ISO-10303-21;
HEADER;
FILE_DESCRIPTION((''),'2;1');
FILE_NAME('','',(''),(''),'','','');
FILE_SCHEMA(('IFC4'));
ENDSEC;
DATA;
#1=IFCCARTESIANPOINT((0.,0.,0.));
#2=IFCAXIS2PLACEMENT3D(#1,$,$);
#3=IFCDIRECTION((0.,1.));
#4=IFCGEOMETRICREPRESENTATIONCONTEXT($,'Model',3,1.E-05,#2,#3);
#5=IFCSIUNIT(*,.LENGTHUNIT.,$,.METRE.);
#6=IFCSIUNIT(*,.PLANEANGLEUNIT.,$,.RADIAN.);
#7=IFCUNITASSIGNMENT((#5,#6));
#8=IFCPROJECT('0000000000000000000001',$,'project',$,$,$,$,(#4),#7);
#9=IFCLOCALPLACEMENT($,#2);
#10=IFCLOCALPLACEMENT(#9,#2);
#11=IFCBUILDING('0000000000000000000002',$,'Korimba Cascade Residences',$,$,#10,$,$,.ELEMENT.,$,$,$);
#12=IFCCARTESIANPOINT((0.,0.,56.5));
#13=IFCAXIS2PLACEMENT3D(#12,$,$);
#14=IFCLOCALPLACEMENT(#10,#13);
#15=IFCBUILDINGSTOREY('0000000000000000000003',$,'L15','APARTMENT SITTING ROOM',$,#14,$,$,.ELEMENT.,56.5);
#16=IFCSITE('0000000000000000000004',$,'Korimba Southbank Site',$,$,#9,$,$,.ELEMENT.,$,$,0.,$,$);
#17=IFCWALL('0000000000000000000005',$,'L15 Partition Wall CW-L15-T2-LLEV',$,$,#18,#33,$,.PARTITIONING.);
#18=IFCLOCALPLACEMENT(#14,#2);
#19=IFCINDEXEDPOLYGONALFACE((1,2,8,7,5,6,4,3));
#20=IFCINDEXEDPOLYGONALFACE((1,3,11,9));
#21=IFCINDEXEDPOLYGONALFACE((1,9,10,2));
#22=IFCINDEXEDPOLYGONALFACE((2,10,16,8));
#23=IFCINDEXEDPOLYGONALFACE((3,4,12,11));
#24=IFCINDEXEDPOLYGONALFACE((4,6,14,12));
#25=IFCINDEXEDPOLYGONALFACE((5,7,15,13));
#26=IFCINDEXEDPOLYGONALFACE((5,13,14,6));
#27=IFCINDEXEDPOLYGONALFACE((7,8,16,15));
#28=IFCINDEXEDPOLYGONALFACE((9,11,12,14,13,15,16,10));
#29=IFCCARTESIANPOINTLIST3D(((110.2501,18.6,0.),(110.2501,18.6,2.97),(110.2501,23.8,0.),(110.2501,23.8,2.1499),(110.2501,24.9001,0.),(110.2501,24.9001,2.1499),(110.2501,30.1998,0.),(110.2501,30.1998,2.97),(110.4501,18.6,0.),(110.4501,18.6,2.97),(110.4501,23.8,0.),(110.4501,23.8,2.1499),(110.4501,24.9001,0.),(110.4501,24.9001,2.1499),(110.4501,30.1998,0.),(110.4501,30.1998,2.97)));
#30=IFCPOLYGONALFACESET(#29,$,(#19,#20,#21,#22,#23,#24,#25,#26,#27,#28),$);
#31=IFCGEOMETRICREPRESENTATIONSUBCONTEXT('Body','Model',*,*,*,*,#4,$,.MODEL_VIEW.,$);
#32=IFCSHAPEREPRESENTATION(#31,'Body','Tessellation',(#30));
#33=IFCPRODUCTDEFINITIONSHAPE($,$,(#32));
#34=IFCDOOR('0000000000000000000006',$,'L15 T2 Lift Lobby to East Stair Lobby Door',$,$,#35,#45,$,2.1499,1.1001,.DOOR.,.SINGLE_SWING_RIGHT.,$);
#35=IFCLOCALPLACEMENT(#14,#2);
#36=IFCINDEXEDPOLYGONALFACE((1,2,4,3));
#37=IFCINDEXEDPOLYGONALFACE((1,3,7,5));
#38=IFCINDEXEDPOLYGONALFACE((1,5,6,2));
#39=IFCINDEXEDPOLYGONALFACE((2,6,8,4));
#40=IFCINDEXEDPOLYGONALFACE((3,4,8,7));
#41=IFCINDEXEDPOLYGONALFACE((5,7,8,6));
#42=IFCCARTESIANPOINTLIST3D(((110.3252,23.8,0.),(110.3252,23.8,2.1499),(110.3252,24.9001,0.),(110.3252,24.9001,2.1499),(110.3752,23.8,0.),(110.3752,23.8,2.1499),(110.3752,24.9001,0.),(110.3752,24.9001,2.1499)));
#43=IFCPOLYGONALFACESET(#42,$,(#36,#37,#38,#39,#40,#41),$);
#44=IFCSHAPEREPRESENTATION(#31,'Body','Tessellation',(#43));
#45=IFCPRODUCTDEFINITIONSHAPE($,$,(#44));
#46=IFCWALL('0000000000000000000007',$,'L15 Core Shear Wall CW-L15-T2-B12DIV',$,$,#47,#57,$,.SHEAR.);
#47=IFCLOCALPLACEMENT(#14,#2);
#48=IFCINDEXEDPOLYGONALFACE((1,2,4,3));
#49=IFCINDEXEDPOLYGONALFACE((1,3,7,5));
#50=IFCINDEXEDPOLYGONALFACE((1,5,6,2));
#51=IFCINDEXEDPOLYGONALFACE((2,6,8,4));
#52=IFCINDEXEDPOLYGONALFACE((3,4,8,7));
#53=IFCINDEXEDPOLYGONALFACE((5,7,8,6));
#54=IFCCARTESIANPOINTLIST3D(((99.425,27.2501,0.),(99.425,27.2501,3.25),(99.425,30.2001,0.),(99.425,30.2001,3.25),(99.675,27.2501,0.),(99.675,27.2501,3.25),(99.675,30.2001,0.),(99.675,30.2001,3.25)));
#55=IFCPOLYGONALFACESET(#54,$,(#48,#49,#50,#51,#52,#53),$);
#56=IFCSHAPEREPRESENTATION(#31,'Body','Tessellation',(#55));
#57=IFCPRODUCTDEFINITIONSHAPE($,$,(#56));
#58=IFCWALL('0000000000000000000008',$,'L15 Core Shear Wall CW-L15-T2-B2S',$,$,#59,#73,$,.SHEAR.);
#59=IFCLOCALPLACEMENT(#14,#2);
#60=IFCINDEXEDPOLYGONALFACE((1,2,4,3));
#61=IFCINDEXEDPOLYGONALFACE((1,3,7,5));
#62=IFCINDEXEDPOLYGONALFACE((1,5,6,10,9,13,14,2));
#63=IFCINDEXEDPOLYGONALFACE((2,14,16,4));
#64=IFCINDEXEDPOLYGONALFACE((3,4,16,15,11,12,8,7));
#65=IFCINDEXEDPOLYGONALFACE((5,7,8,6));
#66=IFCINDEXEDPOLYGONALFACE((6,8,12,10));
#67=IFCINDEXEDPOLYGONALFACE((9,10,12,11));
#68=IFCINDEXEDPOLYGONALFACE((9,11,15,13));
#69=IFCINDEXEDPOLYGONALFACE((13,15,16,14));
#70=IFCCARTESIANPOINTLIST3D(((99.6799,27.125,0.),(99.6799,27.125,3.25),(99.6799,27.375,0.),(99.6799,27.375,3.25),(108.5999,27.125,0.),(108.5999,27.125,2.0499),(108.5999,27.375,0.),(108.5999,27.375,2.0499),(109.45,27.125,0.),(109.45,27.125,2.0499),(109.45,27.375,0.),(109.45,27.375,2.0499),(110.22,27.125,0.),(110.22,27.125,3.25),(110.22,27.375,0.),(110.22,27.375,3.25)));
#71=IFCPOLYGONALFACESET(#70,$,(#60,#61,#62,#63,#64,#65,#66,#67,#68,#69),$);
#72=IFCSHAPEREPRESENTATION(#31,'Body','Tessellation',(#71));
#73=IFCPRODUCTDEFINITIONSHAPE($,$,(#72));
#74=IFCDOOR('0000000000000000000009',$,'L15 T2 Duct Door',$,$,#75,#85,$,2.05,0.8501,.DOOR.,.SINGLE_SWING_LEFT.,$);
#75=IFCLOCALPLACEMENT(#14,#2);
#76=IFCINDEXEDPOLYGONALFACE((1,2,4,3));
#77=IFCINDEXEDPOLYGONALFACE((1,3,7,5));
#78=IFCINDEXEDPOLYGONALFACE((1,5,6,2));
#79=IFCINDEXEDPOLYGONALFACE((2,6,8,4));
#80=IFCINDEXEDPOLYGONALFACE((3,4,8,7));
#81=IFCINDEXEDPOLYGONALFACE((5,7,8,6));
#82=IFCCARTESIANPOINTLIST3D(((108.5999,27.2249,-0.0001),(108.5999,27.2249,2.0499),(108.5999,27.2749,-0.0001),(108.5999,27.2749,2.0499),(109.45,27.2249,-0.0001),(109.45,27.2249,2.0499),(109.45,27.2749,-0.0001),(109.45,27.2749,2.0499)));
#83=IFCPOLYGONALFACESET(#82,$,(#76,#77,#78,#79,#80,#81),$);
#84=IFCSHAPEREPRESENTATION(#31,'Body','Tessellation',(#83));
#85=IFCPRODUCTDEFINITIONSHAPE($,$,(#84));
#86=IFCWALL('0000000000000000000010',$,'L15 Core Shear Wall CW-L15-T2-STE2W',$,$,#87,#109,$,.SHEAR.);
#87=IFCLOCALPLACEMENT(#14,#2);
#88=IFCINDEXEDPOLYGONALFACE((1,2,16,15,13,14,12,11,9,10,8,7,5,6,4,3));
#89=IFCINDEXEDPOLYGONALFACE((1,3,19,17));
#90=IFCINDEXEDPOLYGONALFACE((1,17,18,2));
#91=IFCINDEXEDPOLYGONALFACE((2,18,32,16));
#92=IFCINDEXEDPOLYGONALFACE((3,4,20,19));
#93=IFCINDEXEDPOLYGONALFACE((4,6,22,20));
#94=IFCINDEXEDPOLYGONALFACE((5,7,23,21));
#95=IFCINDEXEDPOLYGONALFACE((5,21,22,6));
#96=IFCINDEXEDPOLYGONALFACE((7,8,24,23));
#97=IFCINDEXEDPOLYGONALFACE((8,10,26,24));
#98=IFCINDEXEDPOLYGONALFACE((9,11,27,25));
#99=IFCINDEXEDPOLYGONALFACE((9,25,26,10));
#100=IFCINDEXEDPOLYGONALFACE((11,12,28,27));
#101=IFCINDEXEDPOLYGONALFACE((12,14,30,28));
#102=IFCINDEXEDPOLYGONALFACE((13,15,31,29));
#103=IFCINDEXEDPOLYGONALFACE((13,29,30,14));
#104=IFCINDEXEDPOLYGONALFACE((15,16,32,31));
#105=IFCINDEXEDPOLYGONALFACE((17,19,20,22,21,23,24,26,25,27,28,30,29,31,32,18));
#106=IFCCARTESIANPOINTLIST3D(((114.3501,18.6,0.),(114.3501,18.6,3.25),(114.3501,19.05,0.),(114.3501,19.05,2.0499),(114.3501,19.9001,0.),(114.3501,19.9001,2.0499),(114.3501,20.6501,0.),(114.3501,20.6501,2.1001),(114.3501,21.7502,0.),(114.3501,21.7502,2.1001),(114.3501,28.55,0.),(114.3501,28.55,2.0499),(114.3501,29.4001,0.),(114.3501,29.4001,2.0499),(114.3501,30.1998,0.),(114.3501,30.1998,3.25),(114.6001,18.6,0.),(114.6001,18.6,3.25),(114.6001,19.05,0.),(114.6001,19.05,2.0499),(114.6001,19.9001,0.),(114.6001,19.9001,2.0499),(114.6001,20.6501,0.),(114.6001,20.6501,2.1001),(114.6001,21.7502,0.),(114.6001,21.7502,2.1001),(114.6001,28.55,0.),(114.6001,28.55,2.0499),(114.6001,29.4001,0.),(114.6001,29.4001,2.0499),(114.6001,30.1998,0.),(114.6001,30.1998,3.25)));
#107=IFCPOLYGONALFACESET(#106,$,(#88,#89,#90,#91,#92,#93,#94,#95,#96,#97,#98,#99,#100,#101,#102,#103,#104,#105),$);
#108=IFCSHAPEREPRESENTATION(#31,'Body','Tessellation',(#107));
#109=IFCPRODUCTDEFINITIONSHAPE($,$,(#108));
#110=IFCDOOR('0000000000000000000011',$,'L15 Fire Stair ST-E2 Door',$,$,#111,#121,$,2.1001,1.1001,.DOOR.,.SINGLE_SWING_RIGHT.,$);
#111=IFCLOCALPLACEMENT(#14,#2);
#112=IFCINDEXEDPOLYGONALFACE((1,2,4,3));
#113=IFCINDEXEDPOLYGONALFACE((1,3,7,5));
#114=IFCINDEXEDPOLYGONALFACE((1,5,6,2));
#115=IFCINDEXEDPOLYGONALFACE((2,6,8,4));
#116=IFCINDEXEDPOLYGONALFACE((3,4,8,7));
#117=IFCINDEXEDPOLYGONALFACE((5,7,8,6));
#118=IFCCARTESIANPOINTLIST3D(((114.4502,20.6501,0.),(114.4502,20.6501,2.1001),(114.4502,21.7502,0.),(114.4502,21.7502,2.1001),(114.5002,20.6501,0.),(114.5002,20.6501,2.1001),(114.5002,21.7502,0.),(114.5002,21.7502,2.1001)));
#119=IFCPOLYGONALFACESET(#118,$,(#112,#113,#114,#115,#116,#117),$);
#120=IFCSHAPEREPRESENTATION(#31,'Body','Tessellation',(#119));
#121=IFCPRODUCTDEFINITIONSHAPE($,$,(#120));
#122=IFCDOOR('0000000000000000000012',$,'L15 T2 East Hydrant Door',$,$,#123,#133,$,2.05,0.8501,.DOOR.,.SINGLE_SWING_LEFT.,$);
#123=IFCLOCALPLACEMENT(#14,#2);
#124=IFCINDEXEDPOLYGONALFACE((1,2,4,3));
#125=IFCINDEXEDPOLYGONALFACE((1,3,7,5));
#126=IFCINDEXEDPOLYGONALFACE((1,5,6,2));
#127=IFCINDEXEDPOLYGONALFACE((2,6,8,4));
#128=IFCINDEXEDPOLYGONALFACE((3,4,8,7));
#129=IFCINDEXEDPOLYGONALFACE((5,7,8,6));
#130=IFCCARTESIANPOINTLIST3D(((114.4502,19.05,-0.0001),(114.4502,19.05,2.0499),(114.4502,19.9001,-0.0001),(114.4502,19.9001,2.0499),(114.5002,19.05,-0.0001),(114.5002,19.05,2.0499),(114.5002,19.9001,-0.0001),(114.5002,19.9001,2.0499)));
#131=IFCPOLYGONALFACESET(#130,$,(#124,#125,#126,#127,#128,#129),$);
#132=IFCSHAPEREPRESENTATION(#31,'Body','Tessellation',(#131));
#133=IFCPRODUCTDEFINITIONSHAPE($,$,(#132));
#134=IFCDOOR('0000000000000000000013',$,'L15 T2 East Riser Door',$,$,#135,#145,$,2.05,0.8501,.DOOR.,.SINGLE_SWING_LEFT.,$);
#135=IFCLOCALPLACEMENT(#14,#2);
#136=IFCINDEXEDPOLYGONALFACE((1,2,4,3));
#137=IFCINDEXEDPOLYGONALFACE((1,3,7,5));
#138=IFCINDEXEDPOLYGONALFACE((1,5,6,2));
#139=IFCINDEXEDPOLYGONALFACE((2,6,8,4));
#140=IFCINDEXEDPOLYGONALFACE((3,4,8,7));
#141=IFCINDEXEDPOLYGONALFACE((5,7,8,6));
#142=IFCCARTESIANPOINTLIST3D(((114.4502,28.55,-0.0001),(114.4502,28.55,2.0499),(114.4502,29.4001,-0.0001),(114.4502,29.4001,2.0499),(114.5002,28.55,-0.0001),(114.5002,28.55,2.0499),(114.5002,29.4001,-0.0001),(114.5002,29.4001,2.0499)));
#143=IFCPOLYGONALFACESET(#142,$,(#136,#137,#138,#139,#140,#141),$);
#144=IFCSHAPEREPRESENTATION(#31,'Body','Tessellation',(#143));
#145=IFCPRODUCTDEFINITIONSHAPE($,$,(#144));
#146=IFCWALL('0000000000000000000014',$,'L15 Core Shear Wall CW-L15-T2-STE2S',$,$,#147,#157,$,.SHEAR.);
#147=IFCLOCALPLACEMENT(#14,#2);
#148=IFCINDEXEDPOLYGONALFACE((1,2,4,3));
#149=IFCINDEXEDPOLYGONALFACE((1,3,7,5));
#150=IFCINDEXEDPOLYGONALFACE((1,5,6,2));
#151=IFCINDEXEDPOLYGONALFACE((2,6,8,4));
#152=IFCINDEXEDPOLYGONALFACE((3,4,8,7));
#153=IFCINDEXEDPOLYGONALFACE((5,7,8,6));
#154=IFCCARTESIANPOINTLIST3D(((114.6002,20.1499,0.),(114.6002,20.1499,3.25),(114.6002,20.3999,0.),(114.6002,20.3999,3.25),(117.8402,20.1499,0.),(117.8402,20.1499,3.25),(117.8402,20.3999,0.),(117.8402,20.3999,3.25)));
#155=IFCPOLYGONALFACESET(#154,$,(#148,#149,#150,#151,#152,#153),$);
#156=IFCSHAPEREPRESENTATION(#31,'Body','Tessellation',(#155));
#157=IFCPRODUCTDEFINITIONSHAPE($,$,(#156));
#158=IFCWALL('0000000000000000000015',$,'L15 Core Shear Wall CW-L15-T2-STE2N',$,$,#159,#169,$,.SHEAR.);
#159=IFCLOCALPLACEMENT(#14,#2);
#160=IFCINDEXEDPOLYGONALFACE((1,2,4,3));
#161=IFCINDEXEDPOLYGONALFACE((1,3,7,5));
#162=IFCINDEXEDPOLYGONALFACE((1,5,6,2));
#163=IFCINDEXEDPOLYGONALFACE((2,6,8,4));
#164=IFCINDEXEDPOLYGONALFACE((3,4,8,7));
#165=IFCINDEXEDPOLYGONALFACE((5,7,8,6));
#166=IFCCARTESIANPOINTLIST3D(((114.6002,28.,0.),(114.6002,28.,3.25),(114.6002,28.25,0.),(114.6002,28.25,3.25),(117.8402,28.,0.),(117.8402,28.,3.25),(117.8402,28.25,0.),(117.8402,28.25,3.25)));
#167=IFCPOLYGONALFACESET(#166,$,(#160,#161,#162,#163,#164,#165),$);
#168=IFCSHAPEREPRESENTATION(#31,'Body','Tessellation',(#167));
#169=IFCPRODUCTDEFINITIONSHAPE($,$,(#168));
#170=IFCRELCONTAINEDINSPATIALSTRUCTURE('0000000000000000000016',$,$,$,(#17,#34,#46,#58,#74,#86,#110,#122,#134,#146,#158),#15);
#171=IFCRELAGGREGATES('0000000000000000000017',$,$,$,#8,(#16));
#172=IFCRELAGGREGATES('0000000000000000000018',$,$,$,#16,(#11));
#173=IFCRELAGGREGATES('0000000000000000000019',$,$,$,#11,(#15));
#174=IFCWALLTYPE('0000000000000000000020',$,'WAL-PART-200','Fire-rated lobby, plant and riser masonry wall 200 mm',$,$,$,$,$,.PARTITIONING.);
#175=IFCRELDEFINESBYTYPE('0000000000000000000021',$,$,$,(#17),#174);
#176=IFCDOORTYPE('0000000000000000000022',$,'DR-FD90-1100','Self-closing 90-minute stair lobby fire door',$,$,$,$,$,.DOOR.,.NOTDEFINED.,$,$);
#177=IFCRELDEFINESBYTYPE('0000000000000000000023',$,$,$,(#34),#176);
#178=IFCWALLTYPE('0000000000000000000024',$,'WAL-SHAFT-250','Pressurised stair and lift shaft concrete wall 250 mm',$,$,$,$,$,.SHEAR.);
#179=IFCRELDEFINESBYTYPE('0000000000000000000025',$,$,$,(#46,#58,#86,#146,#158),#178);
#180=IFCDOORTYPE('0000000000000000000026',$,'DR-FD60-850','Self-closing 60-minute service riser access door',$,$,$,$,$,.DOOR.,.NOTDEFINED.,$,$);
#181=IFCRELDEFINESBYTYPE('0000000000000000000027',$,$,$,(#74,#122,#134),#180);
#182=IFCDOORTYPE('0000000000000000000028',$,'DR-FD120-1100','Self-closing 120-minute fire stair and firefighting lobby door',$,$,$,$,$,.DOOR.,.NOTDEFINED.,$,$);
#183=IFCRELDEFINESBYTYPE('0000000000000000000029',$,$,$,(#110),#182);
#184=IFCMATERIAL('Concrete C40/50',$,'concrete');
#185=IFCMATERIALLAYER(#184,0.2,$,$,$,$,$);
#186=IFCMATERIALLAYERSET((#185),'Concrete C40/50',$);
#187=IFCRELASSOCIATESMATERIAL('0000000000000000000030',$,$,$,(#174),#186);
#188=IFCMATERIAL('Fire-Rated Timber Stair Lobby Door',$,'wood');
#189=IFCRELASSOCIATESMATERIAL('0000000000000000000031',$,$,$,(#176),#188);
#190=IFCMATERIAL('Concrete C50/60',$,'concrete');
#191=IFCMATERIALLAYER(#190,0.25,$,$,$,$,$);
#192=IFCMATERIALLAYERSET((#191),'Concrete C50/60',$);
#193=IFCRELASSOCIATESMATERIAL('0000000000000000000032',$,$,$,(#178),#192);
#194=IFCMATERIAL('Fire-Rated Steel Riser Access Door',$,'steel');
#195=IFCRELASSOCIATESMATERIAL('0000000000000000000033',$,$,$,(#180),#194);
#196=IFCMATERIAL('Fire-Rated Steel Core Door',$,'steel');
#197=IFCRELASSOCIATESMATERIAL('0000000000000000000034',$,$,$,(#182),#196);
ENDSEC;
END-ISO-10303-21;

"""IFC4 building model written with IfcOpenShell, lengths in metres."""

from ifc_helpers import new_model, si_unit, direction, frame, frame_2d, origin, place, context, subcontext, project, spatial, rectangle, extrude, material, layer, layer_set, type_object, element, fill, save


model = new_model("IFC4")

# Units and contexts
model_context = context("Model", 3, precision=1e-05, world=origin(), true_north=direction((0.0, 1.0)))
body_context = subcontext(model_context, "Body", "Model", "MODEL_VIEW")
ifc_project = project(units=[si_unit("LENGTHUNIT", "METRE"), si_unit("PLANEANGLEUNIT", "RADIAN")], contexts=[model_context])

# Site, building, storey
site_placement = place(None, origin())
site = spatial("IfcSite", under=ifc_project, at=site_placement, Name="Korimba Southbank Site", CompositionType="ELEMENT", RefElevation=0.0)
building_placement = place(site_placement, origin())
building = spatial("IfcBuilding", under=site, at=building_placement, Name="Korimba Cascade Residences", CompositionType="ELEMENT")
storey_placement = place(building_placement, frame((0.0, 0.0, 56.5)))
storey = spatial("IfcBuildingStorey", under=building, at=storey_placement, Name="L15", Description="APARTMENT SITTING ROOM", CompositionType="ELEMENT", Elevation=56.5)

# Shared definitions
ifc_material_1 = material(Name="Concrete C50/60", Category="concrete")

# Shared definitions
ifc_material_2 = material(Name="Concrete C40/50", Category="concrete")
ifc_layer_1 = layer(ifc_material_2, 0.2)
ifc_layer_set_1 = layer_set([ifc_layer_1], Name="Concrete C40/50")
wall_type_1 = type_object("IfcWallType", Name="WAL-PART-200", Description="Fire-rated lobby, plant and riser masonry wall 200 mm", PredefinedType="PARTITIONING", material=ifc_layer_set_1)

# Wall, opening, door
wall_1_placement = place(storey_placement, frame((110.3501, 18.6001, 0.0), z_axis=(0.0, 0.0, 1.0), x_axis=(0.0, 1.0, 0.0)))
wall_1 = element("IfcWall", 1, at=wall_1_placement, inside=storey, type_object=wall_type_1, Name="L15 Partition Wall CW-L15-T2-LLEV", PredefinedType="PARTITIONING", context=body_context, shape_type="SweptSolid", body=[
    extrude(rectangle(XDim=11.5999, YDim=0.2, at=frame_2d((5.7998, 0.0))), origin(), (0.0, 0.0, 1.0), 2.97),
])
opening_1_placement = place(wall_1_placement, frame((5.2, 0.0, 0.0)))
opening_1 = element("IfcOpeningElement", 2, at=opening_1_placement, cuts=wall_1, PredefinedType="OPENING", context=body_context, shape_type="SweptSolid", body=[
    extrude(rectangle(XDim=1.1001, YDim=2.1499, at=frame_2d((0.55, 1.075))), frame((0.0, 0.1099, 0.0), z_axis=(0.0, -1.0, 0.0), x_axis=(1.0, 0.0, 0.0)), (0.0, 0.0, 1.0), 0.22),
])
ifc_material_3 = material(Name="Fire-Rated Timber Stair Lobby Door", Category="wood")
door_type_1 = type_object("IfcDoorType", Name="DR-FD90-1100", Description="Self-closing 90-minute stair lobby fire door", OperationType="NOTDEFINED", PredefinedType="DOOR", material=ifc_material_3)
door_1_placement = place(opening_1_placement, origin())
door_1 = element("IfcDoor", 3, at=door_1_placement, inside=storey, type_object=door_type_1, Name="L15 T2 Lift Lobby to East Stair Lobby Door", OperationType="SINGLE_SWING_RIGHT", OverallHeight=2.1499, OverallWidth=1.1001, PredefinedType="DOOR", context=body_context, shape_type="SweptSolid", body=[
    extrude(rectangle(XDim=1.1001, YDim=2.1499, at=frame_2d((0.55, 1.075))), frame((0.0, 0.0249, 0.0), z_axis=(0.0, -1.0, 0.0), x_axis=(1.0, 0.0, 0.0)), (0.0, 0.0, 1.0), 0.05),
])
fill(opening_1, door_1)

# Wall
ifc_layer_2 = layer(ifc_material_1, 0.25)
ifc_layer_set_2 = layer_set([ifc_layer_2], Name="Concrete C50/60")
wall_type_2 = type_object("IfcWallType", Name="WAL-SHAFT-250", Description="Pressurised stair and lift shaft concrete wall 250 mm", PredefinedType="SHEAR", material=ifc_layer_set_2)
wall_2_placement = place(storey_placement, frame((99.55, 27.25, 0.0), z_axis=(0.0, 0.0, 1.0), x_axis=(0.0, 1.0, 0.0)))
element("IfcWall", 4, at=wall_2_placement, inside=storey, type_object=wall_type_2, Name="L15 Core Shear Wall CW-L15-T2-B12DIV", PredefinedType="SHEAR", context=body_context, shape_type="SweptSolid", body=[
    extrude(rectangle(XDim=2.95, YDim=0.25, at=frame_2d((1.4751, 0.0))), origin(), (0.0, 0.0, 1.0), 3.25),
])

# Wall, opening, door
wall_3_placement = place(storey_placement, frame((99.6799, 27.25, 0.0), z_axis=(0.0, 0.0, 1.0), x_axis=(1.0, 0.0, 0.0)))
wall_3 = element("IfcWall", 5, at=wall_3_placement, inside=storey, type_object=wall_type_2, Name="L15 Core Shear Wall CW-L15-T2-B2S", PredefinedType="SHEAR", context=body_context, shape_type="SweptSolid", body=[
    extrude(rectangle(XDim=10.54, YDim=0.25, at=frame_2d((5.27, 0.0))), origin(), (0.0, 0.0, 1.0), 3.25),
])
opening_2_placement = place(wall_3_placement, frame((8.9199, 0.0, 0.0)))
opening_2 = element("IfcOpeningElement", 6, at=opening_2_placement, cuts=wall_3, PredefinedType="OPENING", context=body_context, shape_type="SweptSolid", body=[
    extrude(rectangle(XDim=0.8501, YDim=2.05, at=frame_2d((0.425, 1.0249))), frame((0.0, 0.135, 0.0), z_axis=(0.0, -1.0, 0.0), x_axis=(1.0, 0.0, 0.0)), (0.0, 0.0, 1.0), 0.27),
])
ifc_material_4 = material(Name="Fire-Rated Steel Riser Access Door", Category="steel")
door_type_2 = type_object("IfcDoorType", Name="DR-FD60-850", Description="Self-closing 60-minute service riser access door", OperationType="NOTDEFINED", PredefinedType="DOOR", material=ifc_material_4)
door_2_placement = place(opening_2_placement, origin())
door_2 = element("IfcDoor", 7, at=door_2_placement, inside=storey, type_object=door_type_2, Name="L15 T2 Duct Door", OperationType="SINGLE_SWING_LEFT", OverallHeight=2.05, OverallWidth=0.8501, PredefinedType="DOOR", context=body_context, shape_type="SweptSolid", body=[
    extrude(rectangle(XDim=0.8501, YDim=2.05, at=frame_2d((0.425, 1.0249))), frame((0.0, 0.0249, 0.0), z_axis=(0.0, -1.0, 0.0), x_axis=(1.0, 0.0, 0.0)), (0.0, 0.0, 1.0), 0.05),
])
fill(opening_2, door_2)

# Wall, openings, doors
wall_4_placement = place(storey_placement, frame((114.4751, 18.6001, 0.0), z_axis=(0.0, 0.0, 1.0), x_axis=(0.0, 1.0, 0.0)))
wall_4 = element("IfcWall", 8, at=wall_4_placement, inside=storey, type_object=wall_type_2, Name="L15 Core Shear Wall CW-L15-T2-STE2W", PredefinedType="SHEAR", context=body_context, shape_type="SweptSolid", body=[
    extrude(rectangle(XDim=11.5999, YDim=0.25, at=frame_2d((5.7998, 0.0))), origin(), (0.0, 0.0, 1.0), 3.25),
])
opening_3_placement = place(wall_4_placement, frame((0.45, 0.0, 0.0)))
opening_3 = element("IfcOpeningElement", 9, at=opening_3_placement, cuts=wall_4, PredefinedType="OPENING", context=body_context, shape_type="SweptSolid", body=[
    extrude(rectangle(XDim=0.8501, YDim=2.05, at=frame_2d((0.425, 1.0249))), frame((0.0, 0.135, 0.0), z_axis=(0.0, -1.0, 0.0), x_axis=(1.0, 0.0, 0.0)), (0.0, 0.0, 1.0), 0.27),
])
opening_4_placement = place(wall_4_placement, frame((2.05, 0.0, 0.0)))
opening_4 = element("IfcOpeningElement", 10, at=opening_4_placement, cuts=wall_4, PredefinedType="OPENING", context=body_context, shape_type="SweptSolid", body=[
    extrude(rectangle(XDim=1.1001, YDim=2.1001, at=frame_2d((0.55, 1.05))), frame((0.0, 0.135, 0.0), z_axis=(0.0, -1.0, 0.0), x_axis=(1.0, 0.0, 0.0)), (0.0, 0.0, 1.0), 0.27),
])
opening_5_placement = place(wall_4_placement, frame((9.95, 0.0, 0.0)))
opening_5 = element("IfcOpeningElement", 11, at=opening_5_placement, cuts=wall_4, PredefinedType="OPENING", context=body_context, shape_type="SweptSolid", body=[
    extrude(rectangle(XDim=0.8501, YDim=2.05, at=frame_2d((0.425, 1.0249))), frame((0.0, 0.135, 0.0), z_axis=(0.0, -1.0, 0.0), x_axis=(1.0, 0.0, 0.0)), (0.0, 0.0, 1.0), 0.27),
])
ifc_material_5 = material(Name="Fire-Rated Steel Core Door", Category="steel")
door_type_3 = type_object("IfcDoorType", Name="DR-FD120-1100", Description="Self-closing 120-minute fire stair and firefighting lobby door", OperationType="NOTDEFINED", PredefinedType="DOOR", material=ifc_material_5)
door_3_placement = place(opening_4_placement, origin())
door_3 = element("IfcDoor", 12, at=door_3_placement, inside=storey, type_object=door_type_3, Name="L15 Fire Stair ST-E2 Door", OperationType="SINGLE_SWING_RIGHT", OverallHeight=2.1001, OverallWidth=1.1001, PredefinedType="DOOR", context=body_context, shape_type="SweptSolid", body=[
    extrude(rectangle(XDim=1.1001, YDim=2.1001, at=frame_2d((0.55, 1.05))), frame((0.0, 0.0249, 0.0), z_axis=(0.0, -1.0, 0.0), x_axis=(1.0, 0.0, 0.0)), (0.0, 0.0, 1.0), 0.05),
])
fill(opening_4, door_3)
door_4_placement = place(opening_3_placement, origin())
door_4 = element("IfcDoor", 13, at=door_4_placement, inside=storey, type_object=door_type_2, Name="L15 T2 East Hydrant Door", OperationType="SINGLE_SWING_LEFT", OverallHeight=2.05, OverallWidth=0.8501, PredefinedType="DOOR", context=body_context, shape_type="SweptSolid", body=[
    extrude(rectangle(XDim=0.8501, YDim=2.05, at=frame_2d((0.425, 1.0249))), frame((0.0, 0.0249, 0.0), z_axis=(0.0, -1.0, 0.0), x_axis=(1.0, 0.0, 0.0)), (0.0, 0.0, 1.0), 0.05),
])
fill(opening_3, door_4)
door_5_placement = place(opening_5_placement, origin())
door_5 = element("IfcDoor", 14, at=door_5_placement, inside=storey, type_object=door_type_2, Name="L15 T2 East Riser Door", OperationType="SINGLE_SWING_LEFT", OverallHeight=2.05, OverallWidth=0.8501, PredefinedType="DOOR", context=body_context, shape_type="SweptSolid", body=[
    extrude(rectangle(XDim=0.8501, YDim=2.05, at=frame_2d((0.425, 1.0249))), frame((0.0, 0.0249, 0.0), z_axis=(0.0, -1.0, 0.0), x_axis=(1.0, 0.0, 0.0)), (0.0, 0.0, 1.0), 0.05),
])
fill(opening_5, door_5)

# Walls
for number, where, z_axis, x_axis, name in (
    (15, (114.6001, 20.2749, 0.0), (0.0, 0.0, 1.0), (1.0, 0.0, 0.0), "L15 Core Shear Wall CW-L15-T2-STE2S"),
    (16, (114.6001, 28.125, 0.0), (0.0, 0.0, 1.0), (1.0, 0.0, 0.0), "L15 Core Shear Wall CW-L15-T2-STE2N"),
):
    element("IfcWall", number, at=place(storey_placement, frame(where, z_axis=z_axis, x_axis=x_axis)), inside=storey, type_object=wall_type_2, Name=name, PredefinedType="SHEAR", context=body_context, shape_type="SweptSolid", body=[
        extrude(rectangle(XDim=3.24, YDim=0.25, at=frame_2d((1.6201, 0.0))), origin(), (0.0, 0.0, 1.0), 3.25),
    ])

save(model, "model.ifc")
